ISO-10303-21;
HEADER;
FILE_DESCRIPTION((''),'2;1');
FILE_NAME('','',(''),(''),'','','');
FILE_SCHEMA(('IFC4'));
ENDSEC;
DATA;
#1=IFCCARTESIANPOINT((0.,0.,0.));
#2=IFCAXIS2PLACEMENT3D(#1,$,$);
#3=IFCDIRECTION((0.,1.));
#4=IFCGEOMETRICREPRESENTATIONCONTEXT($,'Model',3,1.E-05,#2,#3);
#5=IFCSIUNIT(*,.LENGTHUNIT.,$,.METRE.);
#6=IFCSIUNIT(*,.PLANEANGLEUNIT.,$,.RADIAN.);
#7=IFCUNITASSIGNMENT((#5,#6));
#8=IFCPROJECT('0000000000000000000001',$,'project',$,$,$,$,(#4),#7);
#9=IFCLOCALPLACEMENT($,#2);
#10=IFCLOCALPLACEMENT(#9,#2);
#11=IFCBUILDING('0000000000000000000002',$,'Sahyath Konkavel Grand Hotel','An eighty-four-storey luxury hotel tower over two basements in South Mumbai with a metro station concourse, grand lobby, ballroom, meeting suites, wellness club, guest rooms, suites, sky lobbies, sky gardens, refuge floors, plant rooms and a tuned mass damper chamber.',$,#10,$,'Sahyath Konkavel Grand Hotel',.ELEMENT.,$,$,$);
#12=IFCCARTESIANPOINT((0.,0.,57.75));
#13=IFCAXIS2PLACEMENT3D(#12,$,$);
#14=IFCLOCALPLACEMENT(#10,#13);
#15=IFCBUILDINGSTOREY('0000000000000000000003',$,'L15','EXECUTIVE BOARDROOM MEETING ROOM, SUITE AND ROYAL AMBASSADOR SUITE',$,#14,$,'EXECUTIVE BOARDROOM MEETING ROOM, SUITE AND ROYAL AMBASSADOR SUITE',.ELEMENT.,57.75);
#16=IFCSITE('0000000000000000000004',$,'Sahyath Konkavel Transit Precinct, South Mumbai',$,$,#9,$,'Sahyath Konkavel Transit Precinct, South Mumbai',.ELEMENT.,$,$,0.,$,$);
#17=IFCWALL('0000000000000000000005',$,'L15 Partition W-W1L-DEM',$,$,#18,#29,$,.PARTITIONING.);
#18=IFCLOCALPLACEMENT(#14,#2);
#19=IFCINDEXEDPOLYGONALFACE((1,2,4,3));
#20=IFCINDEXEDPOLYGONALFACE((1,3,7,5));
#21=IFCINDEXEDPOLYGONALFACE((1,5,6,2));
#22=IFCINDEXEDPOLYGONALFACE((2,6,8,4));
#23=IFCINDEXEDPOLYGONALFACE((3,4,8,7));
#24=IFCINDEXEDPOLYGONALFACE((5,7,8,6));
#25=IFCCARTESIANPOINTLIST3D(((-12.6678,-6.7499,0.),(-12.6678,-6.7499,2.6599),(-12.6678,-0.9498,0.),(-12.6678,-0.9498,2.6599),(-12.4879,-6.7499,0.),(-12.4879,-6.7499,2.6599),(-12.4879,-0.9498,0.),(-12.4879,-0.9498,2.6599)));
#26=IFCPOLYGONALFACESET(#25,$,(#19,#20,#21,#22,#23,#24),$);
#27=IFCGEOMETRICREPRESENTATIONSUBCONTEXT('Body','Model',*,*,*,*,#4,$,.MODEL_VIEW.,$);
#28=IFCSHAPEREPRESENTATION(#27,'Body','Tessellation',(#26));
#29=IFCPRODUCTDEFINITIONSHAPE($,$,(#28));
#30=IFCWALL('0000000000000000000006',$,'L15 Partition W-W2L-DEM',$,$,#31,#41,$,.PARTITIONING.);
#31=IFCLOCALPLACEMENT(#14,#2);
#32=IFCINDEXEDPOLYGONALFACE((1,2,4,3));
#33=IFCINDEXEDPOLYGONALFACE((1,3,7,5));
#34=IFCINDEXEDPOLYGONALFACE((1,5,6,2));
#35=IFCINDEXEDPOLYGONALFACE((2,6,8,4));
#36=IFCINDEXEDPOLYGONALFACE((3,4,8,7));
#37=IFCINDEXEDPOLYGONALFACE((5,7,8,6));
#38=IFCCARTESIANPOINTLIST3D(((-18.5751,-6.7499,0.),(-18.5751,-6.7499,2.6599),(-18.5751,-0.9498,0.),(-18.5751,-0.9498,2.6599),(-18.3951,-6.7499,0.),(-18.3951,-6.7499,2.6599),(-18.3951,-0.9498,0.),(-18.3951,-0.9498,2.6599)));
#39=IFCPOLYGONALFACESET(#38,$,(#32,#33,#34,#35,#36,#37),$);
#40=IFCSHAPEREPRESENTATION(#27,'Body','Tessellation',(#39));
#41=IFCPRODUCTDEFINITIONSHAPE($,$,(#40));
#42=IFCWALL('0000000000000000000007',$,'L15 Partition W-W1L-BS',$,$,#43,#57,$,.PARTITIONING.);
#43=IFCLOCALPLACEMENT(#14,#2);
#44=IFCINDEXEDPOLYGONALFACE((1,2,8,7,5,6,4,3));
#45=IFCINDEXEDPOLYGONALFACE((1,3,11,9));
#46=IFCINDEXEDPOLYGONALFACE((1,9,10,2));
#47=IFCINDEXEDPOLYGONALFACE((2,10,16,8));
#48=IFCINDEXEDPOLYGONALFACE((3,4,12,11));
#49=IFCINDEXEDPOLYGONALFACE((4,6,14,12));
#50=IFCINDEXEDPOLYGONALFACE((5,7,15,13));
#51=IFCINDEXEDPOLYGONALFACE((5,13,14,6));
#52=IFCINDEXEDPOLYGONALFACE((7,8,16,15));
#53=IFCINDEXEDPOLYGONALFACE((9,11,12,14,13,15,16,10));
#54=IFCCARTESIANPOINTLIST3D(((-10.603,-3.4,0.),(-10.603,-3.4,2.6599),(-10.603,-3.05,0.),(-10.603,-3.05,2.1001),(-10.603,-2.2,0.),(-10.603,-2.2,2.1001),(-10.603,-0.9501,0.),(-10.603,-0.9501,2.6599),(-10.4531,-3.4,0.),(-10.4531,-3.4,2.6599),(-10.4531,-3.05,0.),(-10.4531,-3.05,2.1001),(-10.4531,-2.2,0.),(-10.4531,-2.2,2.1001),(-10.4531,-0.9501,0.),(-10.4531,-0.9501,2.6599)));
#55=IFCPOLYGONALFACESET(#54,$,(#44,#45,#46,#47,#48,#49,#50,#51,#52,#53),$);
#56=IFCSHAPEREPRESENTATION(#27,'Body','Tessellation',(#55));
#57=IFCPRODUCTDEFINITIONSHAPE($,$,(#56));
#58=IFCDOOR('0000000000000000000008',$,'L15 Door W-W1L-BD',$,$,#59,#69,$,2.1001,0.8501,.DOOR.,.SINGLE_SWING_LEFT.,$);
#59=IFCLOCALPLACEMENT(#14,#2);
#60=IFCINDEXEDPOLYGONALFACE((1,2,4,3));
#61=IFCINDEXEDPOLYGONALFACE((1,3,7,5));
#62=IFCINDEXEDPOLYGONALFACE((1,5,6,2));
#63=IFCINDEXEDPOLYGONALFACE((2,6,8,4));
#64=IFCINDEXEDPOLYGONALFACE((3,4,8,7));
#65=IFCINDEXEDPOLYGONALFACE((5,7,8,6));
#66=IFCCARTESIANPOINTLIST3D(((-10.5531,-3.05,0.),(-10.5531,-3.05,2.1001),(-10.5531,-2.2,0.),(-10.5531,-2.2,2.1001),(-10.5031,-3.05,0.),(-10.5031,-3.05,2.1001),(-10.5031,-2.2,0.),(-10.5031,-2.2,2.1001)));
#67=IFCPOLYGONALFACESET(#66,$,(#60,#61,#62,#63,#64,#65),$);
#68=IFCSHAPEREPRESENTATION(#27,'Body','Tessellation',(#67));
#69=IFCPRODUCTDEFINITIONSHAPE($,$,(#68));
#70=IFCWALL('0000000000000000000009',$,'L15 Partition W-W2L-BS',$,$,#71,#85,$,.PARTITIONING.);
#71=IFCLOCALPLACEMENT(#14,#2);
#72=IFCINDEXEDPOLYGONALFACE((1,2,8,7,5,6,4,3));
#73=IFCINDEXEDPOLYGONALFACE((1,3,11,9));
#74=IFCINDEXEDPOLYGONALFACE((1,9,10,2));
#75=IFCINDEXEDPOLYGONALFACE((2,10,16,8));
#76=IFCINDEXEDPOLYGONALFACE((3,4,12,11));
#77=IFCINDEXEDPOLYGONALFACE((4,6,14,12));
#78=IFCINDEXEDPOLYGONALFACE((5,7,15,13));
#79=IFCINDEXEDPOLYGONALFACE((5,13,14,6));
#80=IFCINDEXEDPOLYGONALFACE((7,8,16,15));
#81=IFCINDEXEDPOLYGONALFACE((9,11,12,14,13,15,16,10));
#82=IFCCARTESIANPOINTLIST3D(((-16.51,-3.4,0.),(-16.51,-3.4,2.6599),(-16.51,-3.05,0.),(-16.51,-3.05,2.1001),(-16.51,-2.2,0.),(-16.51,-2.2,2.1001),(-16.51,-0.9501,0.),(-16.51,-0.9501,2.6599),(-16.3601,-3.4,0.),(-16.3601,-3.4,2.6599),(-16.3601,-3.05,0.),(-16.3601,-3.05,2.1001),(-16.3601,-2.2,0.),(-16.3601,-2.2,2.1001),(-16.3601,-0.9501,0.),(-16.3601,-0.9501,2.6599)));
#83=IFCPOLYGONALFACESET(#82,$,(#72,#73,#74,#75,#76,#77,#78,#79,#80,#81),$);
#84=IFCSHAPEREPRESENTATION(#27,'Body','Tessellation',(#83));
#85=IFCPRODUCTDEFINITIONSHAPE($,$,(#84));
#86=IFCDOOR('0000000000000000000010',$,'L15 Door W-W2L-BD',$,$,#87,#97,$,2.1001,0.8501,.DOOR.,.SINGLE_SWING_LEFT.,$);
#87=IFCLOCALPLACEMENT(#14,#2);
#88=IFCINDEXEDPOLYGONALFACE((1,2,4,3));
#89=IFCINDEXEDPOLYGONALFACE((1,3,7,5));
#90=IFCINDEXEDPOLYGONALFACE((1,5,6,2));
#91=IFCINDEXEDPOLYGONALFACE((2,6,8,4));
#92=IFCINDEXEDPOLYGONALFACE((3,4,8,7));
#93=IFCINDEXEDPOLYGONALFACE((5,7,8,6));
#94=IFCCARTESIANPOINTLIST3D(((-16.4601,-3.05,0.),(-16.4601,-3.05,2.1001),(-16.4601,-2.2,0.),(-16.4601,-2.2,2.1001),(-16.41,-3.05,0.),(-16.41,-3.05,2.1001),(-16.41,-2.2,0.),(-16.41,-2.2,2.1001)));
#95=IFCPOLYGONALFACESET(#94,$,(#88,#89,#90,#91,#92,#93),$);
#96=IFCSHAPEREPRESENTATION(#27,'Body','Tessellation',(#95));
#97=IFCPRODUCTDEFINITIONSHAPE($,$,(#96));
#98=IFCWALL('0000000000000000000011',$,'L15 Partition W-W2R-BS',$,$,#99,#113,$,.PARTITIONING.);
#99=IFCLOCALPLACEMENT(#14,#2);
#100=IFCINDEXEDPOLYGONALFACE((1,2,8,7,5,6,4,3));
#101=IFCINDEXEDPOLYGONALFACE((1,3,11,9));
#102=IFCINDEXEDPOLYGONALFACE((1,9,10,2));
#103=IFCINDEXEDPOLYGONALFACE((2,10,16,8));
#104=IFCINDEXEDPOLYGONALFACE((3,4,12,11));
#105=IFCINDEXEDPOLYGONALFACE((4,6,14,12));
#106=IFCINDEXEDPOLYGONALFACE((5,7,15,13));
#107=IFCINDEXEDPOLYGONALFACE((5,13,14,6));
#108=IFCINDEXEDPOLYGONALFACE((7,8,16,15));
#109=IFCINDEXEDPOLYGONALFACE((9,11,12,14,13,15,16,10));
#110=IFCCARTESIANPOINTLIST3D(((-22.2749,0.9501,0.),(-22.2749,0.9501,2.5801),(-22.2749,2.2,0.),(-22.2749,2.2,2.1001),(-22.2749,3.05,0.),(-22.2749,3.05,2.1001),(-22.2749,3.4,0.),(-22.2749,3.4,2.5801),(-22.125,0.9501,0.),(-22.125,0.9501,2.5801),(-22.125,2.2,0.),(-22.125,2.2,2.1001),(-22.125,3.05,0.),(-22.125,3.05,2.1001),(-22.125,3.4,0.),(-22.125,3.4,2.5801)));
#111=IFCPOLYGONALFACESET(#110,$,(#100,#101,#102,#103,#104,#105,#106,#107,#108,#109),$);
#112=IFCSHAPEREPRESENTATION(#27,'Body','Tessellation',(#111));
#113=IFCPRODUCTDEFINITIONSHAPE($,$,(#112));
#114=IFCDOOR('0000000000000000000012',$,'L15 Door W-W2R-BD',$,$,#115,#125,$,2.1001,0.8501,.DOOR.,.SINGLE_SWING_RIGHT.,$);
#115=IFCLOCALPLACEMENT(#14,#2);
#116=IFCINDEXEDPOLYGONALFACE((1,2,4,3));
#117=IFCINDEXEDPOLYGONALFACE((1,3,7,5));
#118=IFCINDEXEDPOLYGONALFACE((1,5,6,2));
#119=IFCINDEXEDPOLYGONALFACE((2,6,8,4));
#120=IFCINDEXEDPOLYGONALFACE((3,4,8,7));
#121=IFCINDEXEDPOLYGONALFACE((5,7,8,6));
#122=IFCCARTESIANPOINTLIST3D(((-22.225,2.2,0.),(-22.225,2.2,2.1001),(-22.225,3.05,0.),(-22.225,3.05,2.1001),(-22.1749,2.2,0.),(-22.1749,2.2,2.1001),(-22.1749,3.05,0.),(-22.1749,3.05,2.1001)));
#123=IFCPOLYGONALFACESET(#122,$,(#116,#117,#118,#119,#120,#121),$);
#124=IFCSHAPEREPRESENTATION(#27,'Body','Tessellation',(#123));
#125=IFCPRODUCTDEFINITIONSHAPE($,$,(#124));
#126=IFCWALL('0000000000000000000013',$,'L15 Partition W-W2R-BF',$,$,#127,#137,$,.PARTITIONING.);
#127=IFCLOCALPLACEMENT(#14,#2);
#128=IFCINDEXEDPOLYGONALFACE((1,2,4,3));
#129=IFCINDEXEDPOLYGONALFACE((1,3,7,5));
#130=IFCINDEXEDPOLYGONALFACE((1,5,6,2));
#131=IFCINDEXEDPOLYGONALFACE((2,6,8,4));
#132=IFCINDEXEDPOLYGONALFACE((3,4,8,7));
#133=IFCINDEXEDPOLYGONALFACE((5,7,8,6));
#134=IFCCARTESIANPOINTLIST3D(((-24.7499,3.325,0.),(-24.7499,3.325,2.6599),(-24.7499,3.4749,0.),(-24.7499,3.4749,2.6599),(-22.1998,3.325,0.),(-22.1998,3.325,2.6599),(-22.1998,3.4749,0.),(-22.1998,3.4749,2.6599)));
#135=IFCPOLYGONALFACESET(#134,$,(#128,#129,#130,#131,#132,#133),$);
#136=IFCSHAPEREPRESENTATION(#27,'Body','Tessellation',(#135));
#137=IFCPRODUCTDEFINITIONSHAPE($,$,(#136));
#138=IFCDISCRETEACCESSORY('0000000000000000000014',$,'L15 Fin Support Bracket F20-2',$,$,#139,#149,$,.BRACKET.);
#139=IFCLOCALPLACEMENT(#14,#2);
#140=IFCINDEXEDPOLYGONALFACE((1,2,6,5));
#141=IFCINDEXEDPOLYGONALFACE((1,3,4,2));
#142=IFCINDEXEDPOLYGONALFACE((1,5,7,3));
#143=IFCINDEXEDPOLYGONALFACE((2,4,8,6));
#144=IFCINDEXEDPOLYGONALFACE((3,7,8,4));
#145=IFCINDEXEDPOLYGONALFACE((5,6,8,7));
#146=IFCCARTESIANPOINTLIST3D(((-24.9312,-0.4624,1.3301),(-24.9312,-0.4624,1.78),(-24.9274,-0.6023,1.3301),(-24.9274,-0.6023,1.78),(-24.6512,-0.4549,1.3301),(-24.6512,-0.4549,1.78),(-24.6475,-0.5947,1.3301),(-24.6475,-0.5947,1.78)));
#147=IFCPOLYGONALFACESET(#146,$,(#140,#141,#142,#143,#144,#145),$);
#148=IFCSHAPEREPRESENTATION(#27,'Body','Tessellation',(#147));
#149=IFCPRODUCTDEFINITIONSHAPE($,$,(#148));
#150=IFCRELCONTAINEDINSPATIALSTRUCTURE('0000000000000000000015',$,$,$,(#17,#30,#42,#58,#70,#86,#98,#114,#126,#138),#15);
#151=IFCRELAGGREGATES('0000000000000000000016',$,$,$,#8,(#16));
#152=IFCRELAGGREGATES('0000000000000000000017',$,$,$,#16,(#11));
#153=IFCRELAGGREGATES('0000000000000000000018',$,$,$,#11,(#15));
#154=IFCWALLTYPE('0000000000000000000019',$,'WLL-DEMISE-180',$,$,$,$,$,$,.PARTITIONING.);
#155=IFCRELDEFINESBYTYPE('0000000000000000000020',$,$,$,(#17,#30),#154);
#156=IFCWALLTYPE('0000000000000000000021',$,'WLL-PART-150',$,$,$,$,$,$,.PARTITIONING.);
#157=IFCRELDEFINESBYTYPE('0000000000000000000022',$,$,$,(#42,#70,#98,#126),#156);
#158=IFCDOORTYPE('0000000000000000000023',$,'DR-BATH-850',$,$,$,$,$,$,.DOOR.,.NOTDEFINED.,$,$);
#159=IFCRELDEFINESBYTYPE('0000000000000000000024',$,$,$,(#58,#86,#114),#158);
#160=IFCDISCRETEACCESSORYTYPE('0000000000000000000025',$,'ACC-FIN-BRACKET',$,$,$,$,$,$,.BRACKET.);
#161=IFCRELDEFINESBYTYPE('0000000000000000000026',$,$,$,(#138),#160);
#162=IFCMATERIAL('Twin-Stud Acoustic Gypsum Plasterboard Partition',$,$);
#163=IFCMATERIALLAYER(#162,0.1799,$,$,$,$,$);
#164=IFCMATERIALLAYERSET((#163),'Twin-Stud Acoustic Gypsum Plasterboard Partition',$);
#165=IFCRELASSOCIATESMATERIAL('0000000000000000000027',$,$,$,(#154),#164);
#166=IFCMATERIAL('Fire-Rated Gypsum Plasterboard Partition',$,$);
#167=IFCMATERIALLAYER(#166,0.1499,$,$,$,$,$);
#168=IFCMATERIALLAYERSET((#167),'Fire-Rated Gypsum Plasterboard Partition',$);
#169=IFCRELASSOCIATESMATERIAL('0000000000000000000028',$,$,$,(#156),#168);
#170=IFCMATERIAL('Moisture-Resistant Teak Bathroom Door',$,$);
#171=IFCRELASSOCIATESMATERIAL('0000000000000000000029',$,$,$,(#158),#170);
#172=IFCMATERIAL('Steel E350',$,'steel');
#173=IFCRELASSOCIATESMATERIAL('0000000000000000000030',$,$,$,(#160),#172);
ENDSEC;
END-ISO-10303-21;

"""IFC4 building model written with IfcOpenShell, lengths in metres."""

from ifc_helpers import new_model, si_unit, direction, frame, frame_2d, origin, origin_2d, place, context, subcontext, project, spatial, rectangle, extrude, source, transform, mapped, material, layer, layer_set, type_object, element, fill, save


model = new_model("IFC4")

# Units and contexts
model_context = context("Model", 3, precision=1e-05, world=origin(), true_north=direction((0.0, 1.0)))
body_context = subcontext(model_context, "Body", "Model", "MODEL_VIEW")
ifc_project = project(units=[si_unit("LENGTHUNIT", "METRE"), si_unit("PLANEANGLEUNIT", "RADIAN")], contexts=[model_context])

# Site, building, storey
site_placement = place(None, origin())
site = spatial("IfcSite", under=ifc_project, at=site_placement, Name="Sahyath Konkavel Transit Precinct, South Mumbai", LongName="Sahyath Konkavel Transit Precinct, South Mumbai", CompositionType="ELEMENT", RefElevation=0.0)
building_placement = place(site_placement, origin())
building = spatial("IfcBuilding", under=site, at=building_placement, Name="Sahyath Konkavel Grand Hotel", Description="An eighty-four-storey luxury hotel tower over two basements in South Mumbai with a metro station concourse, grand lobby, ballroom, meeting suites, wellness club, guest rooms, suites, sky lobbies, sky gardens, refuge floors, plant rooms and a tuned mass damper chamber.", LongName="Sahyath Konkavel Grand Hotel", CompositionType="ELEMENT")
storey_placement = place(building_placement, frame((0.0, 0.0, 57.75)))
storey = spatial("IfcBuildingStorey", under=building, at=storey_placement, Name="L15", Description="EXECUTIVE BOARDROOM MEETING ROOM, SUITE AND ROYAL AMBASSADOR SUITE", LongName="EXECUTIVE BOARDROOM MEETING ROOM, SUITE AND ROYAL AMBASSADOR SUITE", CompositionType="ELEMENT", Elevation=57.75)

# Shared definitions
ifc_material_1 = material(Name="Steel E350", Category="steel")

# Walls
ifc_material_2 = material(Name="Twin-Stud Acoustic Gypsum Plasterboard Partition")
ifc_layer_1 = layer(ifc_material_2, 0.1799)
ifc_layer_set_1 = layer_set([ifc_layer_1], Name="Twin-Stud Acoustic Gypsum Plasterboard Partition")
wall_type_1 = type_object("IfcWallType", Name="WLL-DEMISE-180", PredefinedType="PARTITIONING", material=ifc_layer_set_1)
for number, where, z_axis, x_axis, name in (
    (1, (-12.5779, -0.95, 0.0), (0.0, 0.0, 1.0), (0.0, -1.0, 0.0), "L15 Partition W-W1L-DEM"),
    (2, (-18.4851, -0.95, 0.0), (0.0, 0.0, 1.0), (0.0, -1.0, 0.0), "L15 Partition W-W2L-DEM"),
):
    element("IfcWall", number, at=place(storey_placement, frame(where, z_axis=z_axis, x_axis=x_axis)), inside=storey, type_object=wall_type_1, Name=name, PredefinedType="PARTITIONING", context=body_context, shape_type="SweptSolid", body=[
        extrude(rectangle(XDim=5.8, YDim=0.1799, at=frame_2d((2.8999, 0.0))), origin(), (0.0, 0.0, 1.0), 2.6599),
    ])

# Walls, openings, doors
ifc_material_3 = material(Name="Fire-Rated Gypsum Plasterboard Partition")
ifc_layer_2 = layer(ifc_material_3, 0.1499)
ifc_layer_set_2 = layer_set([ifc_layer_2], Name="Fire-Rated Gypsum Plasterboard Partition")
wall_type_2 = type_object("IfcWallType", Name="WLL-PART-150", PredefinedType="PARTITIONING", material=ifc_layer_set_2)
wall_1_placement = place(storey_placement, frame((-10.5281, -0.95, 0.0), z_axis=(0.0, 0.0, 1.0), x_axis=(0.0, -1.0, 0.0)))
wall_1 = element("IfcWall", 3, at=wall_1_placement, inside=storey, type_object=wall_type_2, Name="L15 Partition W-W1L-BS", PredefinedType="PARTITIONING", context=body_context, shape_type="SweptSolid", body=[
    extrude(rectangle(XDim=2.45, YDim=0.1499, at=frame_2d((1.2251, 0.0))), origin(), (0.0, 0.0, 1.0), 2.6599),
])
opening_1_placement = place(wall_1_placement, frame((1.25, 0.0, 0.0)))
opening_1 = element("IfcOpeningElement", 4, at=opening_1_placement, cuts=wall_1, PredefinedType="OPENING", context=body_context, shape_type="SweptSolid", body=[
    extrude(rectangle(XDim=0.8501, YDim=2.1001, at=frame_2d((0.425, 1.05))), frame((0.0, 0.085, 0.0), z_axis=(0.0, -1.0, 0.0), x_axis=(1.0, 0.0, 0.0)), (0.0, 0.0, 1.0), 0.1699),
])
ifc_material_4 = material(Name="Moisture-Resistant Teak Bathroom Door")
door_type = type_object("IfcDoorType", Name="DR-BATH-850", OperationType="NOTDEFINED", PredefinedType="DOOR", material=ifc_material_4)
shared_shape_1 = source(origin(), body_context, "Body", "SweptSolid", [
    extrude(rectangle(XDim=0.8501, YDim=0.05, at=origin_2d()), origin(), (0.0, 0.0, 1.0), 2.1001),
])
door_1_placement = place(opening_1_placement, frame((0.425, 0.0, 0.0)))
door_1 = element("IfcDoor", 5, at=door_1_placement, inside=storey, type_object=door_type, Name="L15 Door W-W1L-BD", OperationType="SINGLE_SWING_LEFT", OverallHeight=2.1001, OverallWidth=0.8501, PredefinedType="DOOR", context=body_context, shape_type="MappedRepresentation", body=[
    mapped(shared_shape_1, transform((0.0, 0.0, 0.0), scale=1.0)),
])
fill(opening_1, door_1)
wall_2_placement = place(storey_placement, frame((-16.4351, -0.95, 0.0), z_axis=(0.0, 0.0, 1.0), x_axis=(0.0, -1.0, 0.0)))
wall_2 = element("IfcWall", 6, at=wall_2_placement, inside=storey, type_object=wall_type_2, Name="L15 Partition W-W2L-BS", PredefinedType="PARTITIONING", context=body_context, shape_type="SweptSolid", body=[
    extrude(rectangle(XDim=2.45, YDim=0.1499, at=frame_2d((1.2251, 0.0))), origin(), (0.0, 0.0, 1.0), 2.6599),
])
opening_2_placement = place(wall_2_placement, frame((1.25, 0.0, 0.0)))
opening_2 = element("IfcOpeningElement", 7, at=opening_2_placement, cuts=wall_2, PredefinedType="OPENING", context=body_context, shape_type="SweptSolid", body=[
    extrude(rectangle(XDim=0.8501, YDim=2.1001, at=frame_2d((0.425, 1.05))), frame((0.0, 0.085, 0.0), z_axis=(0.0, -1.0, 0.0), x_axis=(1.0, 0.0, 0.0)), (0.0, 0.0, 1.0), 0.1699),
])
door_2_placement = place(opening_2_placement, frame((0.425, 0.0, 0.0)))
door_2 = element("IfcDoor", 8, at=door_2_placement, inside=storey, type_object=door_type, Name="L15 Door W-W2L-BD", OperationType="SINGLE_SWING_LEFT", OverallHeight=2.1001, OverallWidth=0.8501, PredefinedType="DOOR", context=body_context, shape_type="MappedRepresentation", body=[
    mapped(shared_shape_1, transform((0.0, 0.0, 0.0), scale=1.0)),
])
fill(opening_2, door_2)
wall_3_placement = place(storey_placement, frame((-22.2, 0.95, 0.0), z_axis=(0.0, 0.0, 1.0), x_axis=(0.0, 1.0, 0.0)))
wall_3 = element("IfcWall", 9, at=wall_3_placement, inside=storey, type_object=wall_type_2, Name="L15 Partition W-W2R-BS", PredefinedType="PARTITIONING", context=body_context, shape_type="SweptSolid", body=[
    extrude(rectangle(XDim=2.45, YDim=0.1499, at=frame_2d((1.2251, 0.0))), origin(), (0.0, 0.0, 1.0), 2.5801),
])
opening_3_placement = place(wall_3_placement, frame((1.25, 0.0, 0.0)))
opening_3 = element("IfcOpeningElement", 10, at=opening_3_placement, cuts=wall_3, PredefinedType="OPENING", context=body_context, shape_type="SweptSolid", body=[
    extrude(rectangle(XDim=0.8501, YDim=2.1001, at=frame_2d((0.425, 1.05))), frame((0.0, 0.085, 0.0), z_axis=(0.0, -1.0, 0.0), x_axis=(1.0, 0.0, 0.0)), (0.0, 0.0, 1.0), 0.1699),
])
door_3_placement = place(opening_3_placement, frame((0.425, 0.0, 0.0)))
door_3 = element("IfcDoor", 11, at=door_3_placement, inside=storey, type_object=door_type, Name="L15 Door W-W2R-BD", OperationType="SINGLE_SWING_RIGHT", OverallHeight=2.1001, OverallWidth=0.8501, PredefinedType="DOOR", context=body_context, shape_type="MappedRepresentation", body=[
    mapped(shared_shape_1, transform((0.0, 0.0, 0.0), scale=1.0)),
])
fill(opening_3, door_3)

# Wall
wall_4_placement = place(storey_placement, frame((-22.2, 3.3999, 0.0), z_axis=(0.0, 0.0, 1.0), x_axis=(-1.0, 0.0, 0.0)))
element("IfcWall", 12, at=wall_4_placement, inside=storey, type_object=wall_type_2, Name="L15 Partition W-W2R-BF", PredefinedType="PARTITIONING", context=body_context, shape_type="SweptSolid", body=[
    extrude(rectangle(XDim=2.55, YDim=0.1499, at=frame_2d((1.2749, 0.0))), origin(), (0.0, 0.0, 1.0), 2.6599),
])

# Discrete accessory
discrete_accessory_type = type_object("IfcDiscreteAccessoryType", Name="ACC-FIN-BRACKET", PredefinedType="BRACKET", material=ifc_material_1)
shared_shape_2 = source(origin(), body_context, "Body", "SweptSolid", [
    extrude(rectangle(XDim=0.28, YDim=0.1399, at=origin_2d()), origin(), (0.0, 0.0, 1.0), 0.45),
])
discrete_accessory_placement = place(storey_placement, frame((-24.7893, -0.5286, 1.3301), z_axis=(0.0, 0.0, 1.0), x_axis=(-0.999638, -0.02691, 0.0)))
element("IfcDiscreteAccessory", 13, at=discrete_accessory_placement, inside=storey, type_object=discrete_accessory_type, Name="L15 Fin Support Bracket F20-2", PredefinedType="BRACKET", context=body_context, shape_type="MappedRepresentation", body=[
    mapped(shared_shape_2, transform((0.0, 0.0, 0.0), scale=1.0)),
])

save(model, "model.ifc")
